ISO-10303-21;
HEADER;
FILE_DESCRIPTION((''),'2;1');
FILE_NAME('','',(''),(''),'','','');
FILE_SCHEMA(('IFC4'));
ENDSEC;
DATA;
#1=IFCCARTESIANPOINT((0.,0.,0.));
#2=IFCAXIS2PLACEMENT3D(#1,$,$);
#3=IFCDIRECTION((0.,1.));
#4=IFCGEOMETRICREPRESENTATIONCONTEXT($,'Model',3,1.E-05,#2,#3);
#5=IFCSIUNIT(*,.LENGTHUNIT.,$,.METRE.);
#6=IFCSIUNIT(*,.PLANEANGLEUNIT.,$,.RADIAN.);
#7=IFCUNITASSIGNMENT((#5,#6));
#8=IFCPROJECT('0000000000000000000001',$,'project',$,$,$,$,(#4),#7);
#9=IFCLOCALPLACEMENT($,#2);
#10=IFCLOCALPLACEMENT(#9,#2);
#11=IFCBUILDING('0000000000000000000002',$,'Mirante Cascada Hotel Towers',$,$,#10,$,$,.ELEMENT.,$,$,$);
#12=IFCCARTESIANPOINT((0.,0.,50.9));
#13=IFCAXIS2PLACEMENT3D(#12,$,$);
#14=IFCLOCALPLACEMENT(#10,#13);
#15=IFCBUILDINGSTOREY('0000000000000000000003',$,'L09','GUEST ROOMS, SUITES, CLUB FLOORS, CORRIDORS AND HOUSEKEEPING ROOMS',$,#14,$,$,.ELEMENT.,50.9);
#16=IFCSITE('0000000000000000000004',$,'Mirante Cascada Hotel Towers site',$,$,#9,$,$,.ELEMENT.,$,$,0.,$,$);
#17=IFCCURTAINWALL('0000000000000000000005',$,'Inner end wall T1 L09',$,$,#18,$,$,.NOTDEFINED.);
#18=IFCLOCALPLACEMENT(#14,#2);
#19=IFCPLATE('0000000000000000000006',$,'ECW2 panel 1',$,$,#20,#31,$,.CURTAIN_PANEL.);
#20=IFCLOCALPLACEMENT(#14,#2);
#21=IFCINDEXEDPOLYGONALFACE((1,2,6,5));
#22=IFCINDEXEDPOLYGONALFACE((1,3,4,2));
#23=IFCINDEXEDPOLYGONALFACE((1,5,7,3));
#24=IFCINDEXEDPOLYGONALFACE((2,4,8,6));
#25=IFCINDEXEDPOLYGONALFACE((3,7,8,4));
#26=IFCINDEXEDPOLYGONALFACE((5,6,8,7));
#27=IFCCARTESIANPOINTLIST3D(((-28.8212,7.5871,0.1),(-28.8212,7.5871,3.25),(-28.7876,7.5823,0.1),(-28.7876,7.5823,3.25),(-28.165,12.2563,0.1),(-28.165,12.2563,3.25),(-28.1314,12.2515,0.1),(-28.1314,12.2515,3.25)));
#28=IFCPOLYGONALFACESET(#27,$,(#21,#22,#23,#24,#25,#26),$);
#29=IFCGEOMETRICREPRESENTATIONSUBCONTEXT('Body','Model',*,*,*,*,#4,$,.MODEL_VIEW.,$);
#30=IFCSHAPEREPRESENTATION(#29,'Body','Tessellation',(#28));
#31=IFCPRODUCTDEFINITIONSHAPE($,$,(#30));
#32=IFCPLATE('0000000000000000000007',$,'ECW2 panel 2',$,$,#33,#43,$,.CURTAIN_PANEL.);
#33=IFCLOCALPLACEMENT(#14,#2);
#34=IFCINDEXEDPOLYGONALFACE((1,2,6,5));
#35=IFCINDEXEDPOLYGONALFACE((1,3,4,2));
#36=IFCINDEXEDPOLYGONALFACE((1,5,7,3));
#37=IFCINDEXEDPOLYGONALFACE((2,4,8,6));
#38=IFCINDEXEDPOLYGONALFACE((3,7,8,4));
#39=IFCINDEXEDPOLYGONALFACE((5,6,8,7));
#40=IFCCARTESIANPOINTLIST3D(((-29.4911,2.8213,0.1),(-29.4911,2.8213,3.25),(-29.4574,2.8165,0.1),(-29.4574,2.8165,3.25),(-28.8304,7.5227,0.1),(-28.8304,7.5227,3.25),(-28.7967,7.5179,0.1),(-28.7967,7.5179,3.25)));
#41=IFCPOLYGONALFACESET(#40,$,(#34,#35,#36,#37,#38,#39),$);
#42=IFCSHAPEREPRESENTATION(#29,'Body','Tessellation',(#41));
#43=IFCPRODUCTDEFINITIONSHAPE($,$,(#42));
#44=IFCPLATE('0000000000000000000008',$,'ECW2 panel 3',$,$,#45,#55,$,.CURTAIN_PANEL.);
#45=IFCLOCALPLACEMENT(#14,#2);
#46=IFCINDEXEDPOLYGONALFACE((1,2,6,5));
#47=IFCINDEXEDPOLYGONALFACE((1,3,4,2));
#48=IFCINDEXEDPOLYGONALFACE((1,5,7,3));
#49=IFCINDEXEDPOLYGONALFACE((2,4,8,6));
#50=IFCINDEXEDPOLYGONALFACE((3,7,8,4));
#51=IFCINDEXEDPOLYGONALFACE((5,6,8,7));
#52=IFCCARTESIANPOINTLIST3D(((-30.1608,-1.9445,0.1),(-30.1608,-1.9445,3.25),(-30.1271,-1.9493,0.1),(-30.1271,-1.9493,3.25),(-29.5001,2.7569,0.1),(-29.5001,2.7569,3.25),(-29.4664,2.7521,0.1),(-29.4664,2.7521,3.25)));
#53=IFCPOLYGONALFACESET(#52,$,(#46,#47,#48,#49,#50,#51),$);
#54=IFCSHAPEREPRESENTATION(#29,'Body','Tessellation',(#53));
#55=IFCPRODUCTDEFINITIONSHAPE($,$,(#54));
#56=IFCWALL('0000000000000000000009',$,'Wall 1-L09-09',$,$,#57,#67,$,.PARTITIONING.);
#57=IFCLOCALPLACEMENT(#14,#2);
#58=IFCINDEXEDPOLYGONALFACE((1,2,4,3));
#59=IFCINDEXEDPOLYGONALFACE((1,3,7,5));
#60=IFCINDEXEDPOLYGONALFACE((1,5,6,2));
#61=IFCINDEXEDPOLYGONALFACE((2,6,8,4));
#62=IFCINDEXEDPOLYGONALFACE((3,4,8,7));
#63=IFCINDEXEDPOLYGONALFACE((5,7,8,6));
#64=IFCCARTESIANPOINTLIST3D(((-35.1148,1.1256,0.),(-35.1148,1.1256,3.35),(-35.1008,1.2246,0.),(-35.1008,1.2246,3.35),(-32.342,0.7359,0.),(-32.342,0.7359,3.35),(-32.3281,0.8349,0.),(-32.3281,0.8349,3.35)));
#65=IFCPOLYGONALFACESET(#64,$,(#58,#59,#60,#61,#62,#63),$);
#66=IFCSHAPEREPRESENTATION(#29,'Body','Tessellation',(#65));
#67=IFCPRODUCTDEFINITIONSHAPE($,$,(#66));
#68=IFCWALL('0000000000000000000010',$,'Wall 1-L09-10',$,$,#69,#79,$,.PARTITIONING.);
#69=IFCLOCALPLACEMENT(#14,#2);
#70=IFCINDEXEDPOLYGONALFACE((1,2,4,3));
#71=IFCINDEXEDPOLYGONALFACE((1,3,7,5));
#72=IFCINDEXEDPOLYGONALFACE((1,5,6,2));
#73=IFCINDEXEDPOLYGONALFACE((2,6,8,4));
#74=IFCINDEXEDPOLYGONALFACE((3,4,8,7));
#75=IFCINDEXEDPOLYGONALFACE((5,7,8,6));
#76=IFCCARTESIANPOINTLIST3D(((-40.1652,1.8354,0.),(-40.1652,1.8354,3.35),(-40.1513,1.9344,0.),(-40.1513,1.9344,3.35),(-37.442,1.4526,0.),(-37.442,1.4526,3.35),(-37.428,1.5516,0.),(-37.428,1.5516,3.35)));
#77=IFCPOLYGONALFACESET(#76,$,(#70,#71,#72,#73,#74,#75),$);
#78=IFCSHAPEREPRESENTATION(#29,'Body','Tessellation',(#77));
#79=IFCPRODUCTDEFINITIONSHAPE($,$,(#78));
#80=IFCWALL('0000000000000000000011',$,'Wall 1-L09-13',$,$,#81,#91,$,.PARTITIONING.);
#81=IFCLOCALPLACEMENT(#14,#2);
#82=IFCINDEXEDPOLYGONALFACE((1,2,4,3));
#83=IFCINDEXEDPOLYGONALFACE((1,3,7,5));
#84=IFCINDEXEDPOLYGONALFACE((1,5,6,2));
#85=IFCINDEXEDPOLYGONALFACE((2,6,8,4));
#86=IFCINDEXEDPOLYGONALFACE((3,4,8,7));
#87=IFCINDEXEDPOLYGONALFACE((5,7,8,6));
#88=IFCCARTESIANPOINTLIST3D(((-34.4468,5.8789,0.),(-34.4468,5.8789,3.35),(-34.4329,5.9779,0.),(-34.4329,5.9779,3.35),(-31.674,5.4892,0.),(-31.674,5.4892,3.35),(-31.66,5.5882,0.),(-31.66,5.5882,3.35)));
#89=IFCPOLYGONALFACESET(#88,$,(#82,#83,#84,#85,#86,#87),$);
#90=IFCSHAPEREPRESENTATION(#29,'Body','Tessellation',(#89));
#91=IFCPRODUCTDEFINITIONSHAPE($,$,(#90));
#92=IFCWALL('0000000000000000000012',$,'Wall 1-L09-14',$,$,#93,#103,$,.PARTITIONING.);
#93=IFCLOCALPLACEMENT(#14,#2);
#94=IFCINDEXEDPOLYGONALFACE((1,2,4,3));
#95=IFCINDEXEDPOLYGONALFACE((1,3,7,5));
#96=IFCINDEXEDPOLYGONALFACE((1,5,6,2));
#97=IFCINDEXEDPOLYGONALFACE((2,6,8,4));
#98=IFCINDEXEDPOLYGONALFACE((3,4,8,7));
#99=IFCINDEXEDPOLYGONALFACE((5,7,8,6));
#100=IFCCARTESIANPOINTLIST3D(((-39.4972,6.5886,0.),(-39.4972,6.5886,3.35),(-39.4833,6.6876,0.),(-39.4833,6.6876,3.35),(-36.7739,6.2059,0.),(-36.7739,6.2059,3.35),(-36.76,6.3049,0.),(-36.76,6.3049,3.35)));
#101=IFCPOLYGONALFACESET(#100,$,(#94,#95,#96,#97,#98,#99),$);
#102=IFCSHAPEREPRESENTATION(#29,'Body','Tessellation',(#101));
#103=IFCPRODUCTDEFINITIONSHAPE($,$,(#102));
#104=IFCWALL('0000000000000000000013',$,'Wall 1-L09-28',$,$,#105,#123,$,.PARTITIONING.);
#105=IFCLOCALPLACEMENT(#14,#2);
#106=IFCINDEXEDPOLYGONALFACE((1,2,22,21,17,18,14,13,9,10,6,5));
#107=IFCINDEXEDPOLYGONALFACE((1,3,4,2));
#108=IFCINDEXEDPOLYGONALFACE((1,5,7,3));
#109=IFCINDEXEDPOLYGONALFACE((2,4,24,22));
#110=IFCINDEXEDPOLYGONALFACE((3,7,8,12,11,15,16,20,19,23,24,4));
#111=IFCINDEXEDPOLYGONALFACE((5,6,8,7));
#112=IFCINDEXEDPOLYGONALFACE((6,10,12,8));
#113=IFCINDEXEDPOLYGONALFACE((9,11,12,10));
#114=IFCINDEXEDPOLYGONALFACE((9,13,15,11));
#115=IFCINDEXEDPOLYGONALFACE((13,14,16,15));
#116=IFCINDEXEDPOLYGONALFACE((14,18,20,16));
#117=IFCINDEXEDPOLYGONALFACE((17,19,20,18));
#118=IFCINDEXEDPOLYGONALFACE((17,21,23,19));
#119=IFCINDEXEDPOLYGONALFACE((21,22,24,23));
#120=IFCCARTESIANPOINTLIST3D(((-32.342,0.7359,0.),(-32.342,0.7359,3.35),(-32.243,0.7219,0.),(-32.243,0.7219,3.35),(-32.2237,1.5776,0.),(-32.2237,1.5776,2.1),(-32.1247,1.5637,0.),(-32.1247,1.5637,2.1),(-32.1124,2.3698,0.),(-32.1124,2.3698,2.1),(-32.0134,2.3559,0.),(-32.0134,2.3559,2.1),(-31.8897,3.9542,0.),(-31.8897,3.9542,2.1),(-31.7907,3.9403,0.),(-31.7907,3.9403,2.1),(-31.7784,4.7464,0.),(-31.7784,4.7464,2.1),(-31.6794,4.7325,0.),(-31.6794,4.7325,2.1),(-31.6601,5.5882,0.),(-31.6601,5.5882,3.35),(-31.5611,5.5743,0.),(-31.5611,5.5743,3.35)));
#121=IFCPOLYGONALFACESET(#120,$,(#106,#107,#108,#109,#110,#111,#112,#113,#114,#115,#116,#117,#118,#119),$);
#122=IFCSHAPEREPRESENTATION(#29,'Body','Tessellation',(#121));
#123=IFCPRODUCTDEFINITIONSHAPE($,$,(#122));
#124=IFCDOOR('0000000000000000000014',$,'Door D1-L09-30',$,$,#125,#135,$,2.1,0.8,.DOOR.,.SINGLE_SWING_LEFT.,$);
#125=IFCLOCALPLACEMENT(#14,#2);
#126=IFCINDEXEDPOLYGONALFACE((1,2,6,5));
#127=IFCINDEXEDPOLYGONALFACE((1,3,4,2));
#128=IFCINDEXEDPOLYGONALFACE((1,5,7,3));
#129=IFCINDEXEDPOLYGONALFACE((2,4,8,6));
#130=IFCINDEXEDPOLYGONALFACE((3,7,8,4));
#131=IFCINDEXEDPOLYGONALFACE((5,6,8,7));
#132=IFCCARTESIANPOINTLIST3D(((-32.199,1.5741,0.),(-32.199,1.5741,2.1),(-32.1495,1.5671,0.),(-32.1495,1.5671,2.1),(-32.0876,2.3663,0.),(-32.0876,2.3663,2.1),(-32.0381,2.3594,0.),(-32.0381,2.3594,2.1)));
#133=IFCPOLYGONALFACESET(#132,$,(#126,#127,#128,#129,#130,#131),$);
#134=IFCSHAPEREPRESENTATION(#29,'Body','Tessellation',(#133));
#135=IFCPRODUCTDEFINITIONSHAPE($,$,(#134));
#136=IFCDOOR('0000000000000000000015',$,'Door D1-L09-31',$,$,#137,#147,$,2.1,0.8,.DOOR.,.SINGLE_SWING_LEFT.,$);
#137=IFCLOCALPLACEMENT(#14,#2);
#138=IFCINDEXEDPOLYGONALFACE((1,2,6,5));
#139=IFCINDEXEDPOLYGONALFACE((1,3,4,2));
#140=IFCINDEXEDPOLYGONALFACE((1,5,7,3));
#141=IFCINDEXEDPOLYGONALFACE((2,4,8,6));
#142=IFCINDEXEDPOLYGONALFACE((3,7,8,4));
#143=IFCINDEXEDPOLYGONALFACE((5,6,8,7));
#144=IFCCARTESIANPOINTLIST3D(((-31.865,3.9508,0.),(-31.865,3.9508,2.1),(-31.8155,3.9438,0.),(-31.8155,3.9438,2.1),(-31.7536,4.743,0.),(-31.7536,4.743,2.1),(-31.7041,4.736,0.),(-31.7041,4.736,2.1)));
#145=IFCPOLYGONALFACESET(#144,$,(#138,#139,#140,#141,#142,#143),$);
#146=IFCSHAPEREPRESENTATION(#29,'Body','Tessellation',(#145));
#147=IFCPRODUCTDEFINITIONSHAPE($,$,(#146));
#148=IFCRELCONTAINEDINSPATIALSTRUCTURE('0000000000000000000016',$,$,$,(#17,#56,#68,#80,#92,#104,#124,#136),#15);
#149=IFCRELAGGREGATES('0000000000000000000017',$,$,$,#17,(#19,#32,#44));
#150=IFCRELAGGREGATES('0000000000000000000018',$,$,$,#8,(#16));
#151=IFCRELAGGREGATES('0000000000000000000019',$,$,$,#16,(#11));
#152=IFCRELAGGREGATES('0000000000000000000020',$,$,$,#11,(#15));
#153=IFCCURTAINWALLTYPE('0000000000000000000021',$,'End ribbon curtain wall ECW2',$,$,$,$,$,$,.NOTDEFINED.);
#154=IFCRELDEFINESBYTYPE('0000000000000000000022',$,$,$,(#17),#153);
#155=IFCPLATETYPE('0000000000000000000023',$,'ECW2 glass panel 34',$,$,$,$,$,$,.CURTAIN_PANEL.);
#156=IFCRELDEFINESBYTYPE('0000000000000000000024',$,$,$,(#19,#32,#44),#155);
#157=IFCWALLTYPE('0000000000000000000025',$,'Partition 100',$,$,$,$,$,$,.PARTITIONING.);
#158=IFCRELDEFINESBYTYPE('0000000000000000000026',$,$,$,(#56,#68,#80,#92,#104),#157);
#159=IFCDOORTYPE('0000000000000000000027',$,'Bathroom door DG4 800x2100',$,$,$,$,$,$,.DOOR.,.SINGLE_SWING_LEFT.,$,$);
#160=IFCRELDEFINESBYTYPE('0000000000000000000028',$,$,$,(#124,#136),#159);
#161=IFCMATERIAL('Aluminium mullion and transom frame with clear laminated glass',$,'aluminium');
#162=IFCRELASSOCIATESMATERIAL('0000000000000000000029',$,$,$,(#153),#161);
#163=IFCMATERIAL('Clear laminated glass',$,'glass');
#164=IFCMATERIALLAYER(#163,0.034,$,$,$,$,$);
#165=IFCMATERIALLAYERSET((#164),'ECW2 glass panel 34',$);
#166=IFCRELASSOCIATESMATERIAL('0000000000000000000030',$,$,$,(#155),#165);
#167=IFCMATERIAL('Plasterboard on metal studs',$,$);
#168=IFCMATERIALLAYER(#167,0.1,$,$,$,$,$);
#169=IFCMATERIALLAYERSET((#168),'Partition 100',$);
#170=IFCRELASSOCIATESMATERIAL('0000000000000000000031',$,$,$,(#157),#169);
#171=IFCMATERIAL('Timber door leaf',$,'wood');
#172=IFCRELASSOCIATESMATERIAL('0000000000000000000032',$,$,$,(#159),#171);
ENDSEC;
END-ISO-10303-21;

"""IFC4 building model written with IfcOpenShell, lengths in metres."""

from ifc_helpers import new_model, si_unit, direction, frame, frame_2d, origin, origin_2d, place, context, subcontext, project, spatial, rectangle, extrude, material, layer, layer_set, type_object, element, fill, aggregate, save


model = new_model("IFC4")

# Units and contexts
model_context = context("Model", 3, precision=1e-05, world=origin(), true_north=direction((0.0, 1.0)))
body_context = subcontext(model_context, "Body", "Model", "MODEL_VIEW")
ifc_project = project(units=[si_unit("LENGTHUNIT", "METRE"), si_unit("PLANEANGLEUNIT", "RADIAN")], contexts=[model_context])

# Site, building, storey
site_placement = place(None, origin())
site = spatial("IfcSite", under=ifc_project, at=site_placement, Name="Mirante Cascada Hotel Towers site", CompositionType="ELEMENT", RefElevation=0.0)
building_placement = place(site_placement, origin())
building = spatial("IfcBuilding", under=site, at=building_placement, Name="Mirante Cascada Hotel Towers", CompositionType="ELEMENT")
storey_placement = place(building_placement, frame((0.0, 0.0, 50.9)))
storey = spatial("IfcBuildingStorey", under=building, at=storey_placement, Name="L09", Description="GUEST ROOMS, SUITES, CLUB FLOORS, CORRIDORS AND HOUSEKEEPING ROOMS", CompositionType="ELEMENT", Elevation=50.9)

# Curtain wall
ifc_material_1 = material(Name="Aluminium mullion and transom frame with clear laminated glass", Category="aluminium")
curtain_wall_type_1 = type_object("IfcCurtainWallType", Name="End ribbon curtain wall ECW2", PredefinedType="NOTDEFINED", material=ifc_material_1)
curtain_wall_1_placement = place(storey_placement, origin())
curtain_wall_1 = element("IfcCurtainWall", 1, at=curtain_wall_1_placement, inside=storey, type_object=curtain_wall_type_1, Name="Inner end wall T1 L09", PredefinedType="NOTDEFINED")

# Plates
ifc_material_2 = material(Name="Clear laminated glass", Category="glass")
ifc_layer_1 = layer(ifc_material_2, 0.034)
ifc_layer_set_1 = layer_set([ifc_layer_1], Name="ECW2 glass panel 34")
plate_type_1 = type_object("IfcPlateType", Name="ECW2 glass panel 34", PredefinedType="CURTAIN_PANEL", material=ifc_layer_set_1)
plate_1_placement = place(storey_placement, frame((-28.4763, 9.9193, 0.1), z_axis=(0.0, 0.0, 1.0), x_axis=(-0.139173, -0.990268, 0.0)))
plate_1 = element("IfcPlate", 2, at=plate_1_placement, type_object=plate_type_1, Name="ECW2 panel 1", PredefinedType="CURTAIN_PANEL", context=body_context, shape_type="SweptSolid", body=[
    extrude(rectangle(XDim=4.7151, YDim=0.034, at=origin_2d()), origin(), (0.0, 0.0, 1.0), 3.15),
])
plate_2_placement = place(storey_placement, frame((-29.1439, 5.1696, 0.1), z_axis=(0.0, 0.0, 1.0), x_axis=(-0.139173, -0.990268, 0.0)))
plate_2 = element("IfcPlate", 3, at=plate_2_placement, type_object=plate_type_1, Name="ECW2 panel 2", PredefinedType="CURTAIN_PANEL", context=body_context, shape_type="SweptSolid", body=[
    extrude(rectangle(XDim=4.7476, YDim=0.034, at=origin_2d()), origin(), (0.0, 0.0, 1.0), 3.15),
])
plate_3_placement = place(storey_placement, frame((-29.8136, 0.4038, 0.1), z_axis=(0.0, 0.0, 1.0), x_axis=(-0.139173, -0.990268, 0.0)))
plate_3 = element("IfcPlate", 4, at=plate_3_placement, type_object=plate_type_1, Name="ECW2 panel 3", PredefinedType="CURTAIN_PANEL", context=body_context, shape_type="SweptSolid", body=[
    extrude(rectangle(XDim=4.7476, YDim=0.034, at=origin_2d()), origin(), (0.0, 0.0, 1.0), 3.15),
])
aggregate(curtain_wall_1, [plate_1, plate_2, plate_3])

# Walls
ifc_material_3 = material(Name="Plasterboard on metal studs")
ifc_layer_2 = layer(ifc_material_3, 0.1)
ifc_layer_set_2 = layer_set([ifc_layer_2], Name="Partition 100")
wall_type_1 = type_object("IfcWallType", Name="Partition 100", PredefinedType="PARTITIONING", material=ifc_layer_set_2)
wall_1_placement = place(storey_placement, frame((-35.1078, 1.1751, 0.0), z_axis=(0.0, 0.0, 1.0), x_axis=(0.990267, -0.139181, 0.0)))
element("IfcWall", 5, at=wall_1_placement, inside=storey, type_object=wall_type_1, Name="Wall 1-L09-09", PredefinedType="PARTITIONING", context=body_context, shape_type="SweptSolid", body=[
    extrude(rectangle(XDim=2.8, YDim=0.1, at=frame_2d((1.4, 0.0))), origin(), (0.0, 0.0, 1.0), 3.35),
])
wall_2_placement = place(storey_placement, frame((-37.435, 1.5021, 0.0), z_axis=(0.0, 0.0, 1.0), x_axis=(-0.990264, 0.139201, 0.0)))
element("IfcWall", 6, at=wall_2_placement, inside=storey, type_object=wall_type_1, Name="Wall 1-L09-10", PredefinedType="PARTITIONING", context=body_context, shape_type="SweptSolid", body=[
    extrude(rectangle(XDim=2.75, YDim=0.1, at=frame_2d((1.375, 0.0))), origin(), (0.0, 0.0, 1.0), 3.35),
])
wall_3_placement = place(storey_placement, frame((-34.4398, 5.9284, 0.0), z_axis=(0.0, 0.0, 1.0), x_axis=(0.990268, -0.139176, 0.0)))
element("IfcWall", 7, at=wall_3_placement, inside=storey, type_object=wall_type_1, Name="Wall 1-L09-13", PredefinedType="PARTITIONING", context=body_context, shape_type="SweptSolid", body=[
    extrude(rectangle(XDim=2.8001, YDim=0.1, at=frame_2d((1.4, 0.0))), origin(), (0.0, 0.0, 1.0), 3.35),
])
wall_4_placement = place(storey_placement, frame((-36.7669, 6.2554, 0.0), z_axis=(0.0, 0.0, 1.0), x_axis=(-0.99027, 0.139161, 0.0)))
element("IfcWall", 8, at=wall_4_placement, inside=storey, type_object=wall_type_1, Name="Wall 1-L09-14", PredefinedType="PARTITIONING", context=body_context, shape_type="SweptSolid", body=[
    extrude(rectangle(XDim=2.7501, YDim=0.1, at=frame_2d((1.3751, 0.0))), origin(), (0.0, 0.0, 1.0), 3.35),
])

# Wall, openings, doors
wall_5_placement = place(storey_placement, frame((-32.2925, 0.7289, 0.0), z_axis=(0.0, 0.0, 1.0), x_axis=(0.139164, 0.990269, 0.0)))
wall_5 = element("IfcWall", 9, at=wall_5_placement, inside=storey, type_object=wall_type_1, Name="Wall 1-L09-28", PredefinedType="PARTITIONING", context=body_context, shape_type="SweptSolid", body=[
    extrude(rectangle(XDim=4.9, YDim=0.1, at=frame_2d((2.45, 0.0))), origin(), (0.0, 0.0, 1.0), 3.35),
])
opening_1_placement = place(wall_5_placement, frame((0.85, 0.0, 0.0)))
opening_1 = element("IfcOpeningElement", 10, at=opening_1_placement, cuts=wall_5, PredefinedType="OPENING", context=body_context, shape_type="SweptSolid", body=[
    extrude(rectangle(XDim=0.8, YDim=2.1, at=frame_2d((0.4, 1.05))), frame((0.0, 0.05, 0.0), z_axis=(0.0, -1.0, 0.0), x_axis=(1.0, 0.0, 0.0)), (0.0, 0.0, 1.0), 0.1),
])
opening_2_placement = place(wall_5_placement, frame((3.25, 0.0, 0.0)))
opening_2 = element("IfcOpeningElement", 11, at=opening_2_placement, cuts=wall_5, PredefinedType="OPENING", context=body_context, shape_type="SweptSolid", body=[
    extrude(rectangle(XDim=0.8, YDim=2.1, at=frame_2d((0.4, 1.05))), frame((0.0, 0.05, 0.0), z_axis=(0.0, -1.0, 0.0), x_axis=(1.0, 0.0, 0.0)), (0.0, 0.0, 1.0), 0.1),
])
ifc_material_4 = material(Name="Timber door leaf", Category="wood")
door_type = type_object("IfcDoorType", Name="Bathroom door DG4 800x2100", OperationType="SINGLE_SWING_LEFT", PredefinedType="DOOR", material=ifc_material_4)
door_1_placement = place(opening_1_placement, origin())
door_1 = element("IfcDoor", 12, at=door_1_placement, inside=storey, type_object=door_type, Name="Door D1-L09-30", OperationType="SINGLE_SWING_LEFT", OverallHeight=2.1, OverallWidth=0.8, PredefinedType="DOOR", context=body_context, shape_type="SweptSolid", body=[
    extrude(rectangle(XDim=0.8, YDim=2.1, at=frame_2d((0.4, 1.05))), frame((0.0, 0.025, 0.0), z_axis=(0.0, -1.0, 0.0), x_axis=(1.0, 0.0, 0.0)), (0.0, 0.0, 1.0), 0.05),
])
fill(opening_1, door_1)
door_2_placement = place(opening_2_placement, origin())
door_2 = element("IfcDoor", 13, at=door_2_placement, inside=storey, type_object=door_type, Name="Door D1-L09-31", OperationType="SINGLE_SWING_LEFT", OverallHeight=2.1, OverallWidth=0.8, PredefinedType="DOOR", context=body_context, shape_type="SweptSolid", body=[
    extrude(rectangle(XDim=0.8, YDim=2.1, at=frame_2d((0.4, 1.05))), frame((0.0, 0.025, 0.0), z_axis=(0.0, -1.0, 0.0), x_axis=(1.0, 0.0, 0.0)), (0.0, 0.0, 1.0), 0.05),
])
fill(opening_2, door_2)

save(model, "model.ifc")
